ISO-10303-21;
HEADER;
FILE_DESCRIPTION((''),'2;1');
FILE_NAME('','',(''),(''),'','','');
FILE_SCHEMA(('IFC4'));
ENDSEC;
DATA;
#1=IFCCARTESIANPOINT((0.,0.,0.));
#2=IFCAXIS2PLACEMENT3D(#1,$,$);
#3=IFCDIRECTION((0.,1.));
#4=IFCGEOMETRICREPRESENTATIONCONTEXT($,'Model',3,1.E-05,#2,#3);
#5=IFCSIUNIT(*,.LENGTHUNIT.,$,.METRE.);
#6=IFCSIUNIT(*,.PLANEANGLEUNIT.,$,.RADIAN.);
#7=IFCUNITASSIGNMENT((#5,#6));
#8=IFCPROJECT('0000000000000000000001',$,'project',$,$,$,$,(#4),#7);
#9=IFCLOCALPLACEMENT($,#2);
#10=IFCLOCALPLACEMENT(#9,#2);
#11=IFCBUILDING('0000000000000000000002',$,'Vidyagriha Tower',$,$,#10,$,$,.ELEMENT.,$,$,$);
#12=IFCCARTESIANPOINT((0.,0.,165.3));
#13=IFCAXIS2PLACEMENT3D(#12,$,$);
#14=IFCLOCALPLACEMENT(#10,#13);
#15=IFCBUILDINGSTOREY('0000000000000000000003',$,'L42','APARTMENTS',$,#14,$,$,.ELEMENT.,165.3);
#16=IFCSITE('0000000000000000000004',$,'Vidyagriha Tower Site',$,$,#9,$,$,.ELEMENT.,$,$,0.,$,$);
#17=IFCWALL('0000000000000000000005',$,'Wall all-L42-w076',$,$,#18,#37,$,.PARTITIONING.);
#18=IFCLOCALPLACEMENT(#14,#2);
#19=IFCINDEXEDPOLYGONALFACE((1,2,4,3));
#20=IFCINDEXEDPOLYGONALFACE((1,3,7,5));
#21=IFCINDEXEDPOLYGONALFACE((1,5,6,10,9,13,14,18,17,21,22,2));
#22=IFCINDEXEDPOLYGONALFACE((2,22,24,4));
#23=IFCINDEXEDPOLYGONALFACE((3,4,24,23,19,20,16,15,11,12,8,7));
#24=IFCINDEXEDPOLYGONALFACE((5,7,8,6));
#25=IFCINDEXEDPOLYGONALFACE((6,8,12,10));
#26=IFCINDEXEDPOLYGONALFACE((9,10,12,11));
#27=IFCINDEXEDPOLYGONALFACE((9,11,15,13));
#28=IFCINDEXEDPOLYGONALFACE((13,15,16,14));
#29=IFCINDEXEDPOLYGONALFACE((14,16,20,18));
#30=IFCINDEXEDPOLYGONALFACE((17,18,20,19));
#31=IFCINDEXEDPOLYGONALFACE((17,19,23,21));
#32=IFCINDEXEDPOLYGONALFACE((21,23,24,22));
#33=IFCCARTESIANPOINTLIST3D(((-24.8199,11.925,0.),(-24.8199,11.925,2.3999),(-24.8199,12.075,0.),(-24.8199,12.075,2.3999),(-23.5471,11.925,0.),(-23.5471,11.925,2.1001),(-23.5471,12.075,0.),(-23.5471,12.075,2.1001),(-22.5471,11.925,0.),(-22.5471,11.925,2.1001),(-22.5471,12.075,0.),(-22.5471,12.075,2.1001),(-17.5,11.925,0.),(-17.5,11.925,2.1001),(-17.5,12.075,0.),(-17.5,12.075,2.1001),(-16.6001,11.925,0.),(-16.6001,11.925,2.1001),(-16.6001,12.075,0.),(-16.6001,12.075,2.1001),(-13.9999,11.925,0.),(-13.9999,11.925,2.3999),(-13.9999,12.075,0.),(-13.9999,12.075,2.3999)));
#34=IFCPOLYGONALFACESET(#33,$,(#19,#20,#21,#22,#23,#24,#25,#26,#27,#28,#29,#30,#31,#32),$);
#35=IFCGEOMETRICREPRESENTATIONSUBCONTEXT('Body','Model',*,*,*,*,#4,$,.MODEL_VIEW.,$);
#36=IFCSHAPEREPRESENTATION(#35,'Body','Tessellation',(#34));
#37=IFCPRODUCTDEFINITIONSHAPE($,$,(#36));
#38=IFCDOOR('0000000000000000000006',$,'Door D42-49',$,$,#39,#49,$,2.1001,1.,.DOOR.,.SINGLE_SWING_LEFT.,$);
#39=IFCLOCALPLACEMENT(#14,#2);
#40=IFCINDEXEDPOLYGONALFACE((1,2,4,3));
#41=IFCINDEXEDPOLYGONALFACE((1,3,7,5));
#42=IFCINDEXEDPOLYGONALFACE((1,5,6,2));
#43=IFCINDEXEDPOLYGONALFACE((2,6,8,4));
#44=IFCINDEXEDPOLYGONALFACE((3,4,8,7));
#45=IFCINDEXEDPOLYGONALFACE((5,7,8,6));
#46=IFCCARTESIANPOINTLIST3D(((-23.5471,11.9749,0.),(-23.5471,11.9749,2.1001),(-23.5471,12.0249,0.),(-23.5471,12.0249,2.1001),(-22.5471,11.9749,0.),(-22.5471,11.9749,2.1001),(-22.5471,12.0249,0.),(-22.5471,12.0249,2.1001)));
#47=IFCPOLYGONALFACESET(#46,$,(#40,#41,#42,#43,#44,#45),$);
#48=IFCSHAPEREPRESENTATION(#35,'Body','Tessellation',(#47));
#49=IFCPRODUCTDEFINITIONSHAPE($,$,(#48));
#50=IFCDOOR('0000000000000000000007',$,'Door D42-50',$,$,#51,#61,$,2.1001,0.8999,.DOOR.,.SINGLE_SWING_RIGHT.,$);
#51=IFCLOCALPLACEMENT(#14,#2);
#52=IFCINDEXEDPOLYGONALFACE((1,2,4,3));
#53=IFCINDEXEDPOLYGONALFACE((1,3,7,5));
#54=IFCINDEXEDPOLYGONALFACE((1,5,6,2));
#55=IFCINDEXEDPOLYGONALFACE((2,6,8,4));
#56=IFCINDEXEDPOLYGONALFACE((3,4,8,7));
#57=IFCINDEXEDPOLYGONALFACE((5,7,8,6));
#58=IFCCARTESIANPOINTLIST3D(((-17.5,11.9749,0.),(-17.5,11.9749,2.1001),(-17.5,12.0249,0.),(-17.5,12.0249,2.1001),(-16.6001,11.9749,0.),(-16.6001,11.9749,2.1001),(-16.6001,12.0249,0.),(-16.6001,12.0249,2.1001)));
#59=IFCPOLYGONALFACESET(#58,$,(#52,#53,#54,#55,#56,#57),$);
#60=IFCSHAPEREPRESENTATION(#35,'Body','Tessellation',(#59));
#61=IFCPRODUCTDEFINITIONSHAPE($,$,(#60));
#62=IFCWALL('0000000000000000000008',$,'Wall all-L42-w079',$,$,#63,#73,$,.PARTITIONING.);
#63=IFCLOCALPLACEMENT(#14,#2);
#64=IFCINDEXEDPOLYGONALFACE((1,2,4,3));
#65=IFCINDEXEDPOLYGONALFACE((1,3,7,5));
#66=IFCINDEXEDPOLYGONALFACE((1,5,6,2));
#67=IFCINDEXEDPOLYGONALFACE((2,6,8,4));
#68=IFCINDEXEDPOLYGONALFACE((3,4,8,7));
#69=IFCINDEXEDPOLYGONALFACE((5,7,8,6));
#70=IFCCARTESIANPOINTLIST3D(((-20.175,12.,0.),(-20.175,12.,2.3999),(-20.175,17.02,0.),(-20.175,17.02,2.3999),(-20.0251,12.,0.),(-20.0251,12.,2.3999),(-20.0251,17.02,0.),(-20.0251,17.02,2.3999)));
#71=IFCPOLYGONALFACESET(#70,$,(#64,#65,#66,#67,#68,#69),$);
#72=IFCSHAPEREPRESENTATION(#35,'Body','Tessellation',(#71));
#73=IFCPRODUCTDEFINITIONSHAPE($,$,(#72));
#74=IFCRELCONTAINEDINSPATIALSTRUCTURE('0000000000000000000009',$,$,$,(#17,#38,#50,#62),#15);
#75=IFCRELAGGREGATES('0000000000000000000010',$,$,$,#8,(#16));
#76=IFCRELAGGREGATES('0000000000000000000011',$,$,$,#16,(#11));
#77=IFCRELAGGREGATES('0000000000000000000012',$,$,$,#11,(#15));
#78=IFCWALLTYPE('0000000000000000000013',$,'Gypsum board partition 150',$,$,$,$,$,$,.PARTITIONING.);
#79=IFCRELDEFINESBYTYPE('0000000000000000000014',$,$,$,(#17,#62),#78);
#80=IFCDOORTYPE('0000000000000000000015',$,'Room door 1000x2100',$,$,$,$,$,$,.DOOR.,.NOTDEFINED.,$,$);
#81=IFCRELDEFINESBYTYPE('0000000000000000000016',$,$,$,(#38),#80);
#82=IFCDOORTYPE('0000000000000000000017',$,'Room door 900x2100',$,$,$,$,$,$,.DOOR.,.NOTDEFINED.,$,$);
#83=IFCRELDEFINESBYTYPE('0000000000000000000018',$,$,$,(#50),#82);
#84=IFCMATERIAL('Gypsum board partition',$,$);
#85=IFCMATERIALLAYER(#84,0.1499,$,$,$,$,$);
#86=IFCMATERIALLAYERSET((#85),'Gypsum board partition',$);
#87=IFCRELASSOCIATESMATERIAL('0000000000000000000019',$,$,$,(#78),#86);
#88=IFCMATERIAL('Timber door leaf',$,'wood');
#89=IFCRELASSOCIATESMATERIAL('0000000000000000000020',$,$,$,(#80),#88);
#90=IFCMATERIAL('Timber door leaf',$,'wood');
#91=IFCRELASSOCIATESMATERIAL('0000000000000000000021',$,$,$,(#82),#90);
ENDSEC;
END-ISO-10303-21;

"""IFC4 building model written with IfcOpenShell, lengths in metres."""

from ifc_helpers import new_model, si_unit, direction, frame, frame_2d, origin, place, context, subcontext, project, spatial, rectangle, extrude, material, layer, layer_set, type_object, element, fill, save


model = new_model("IFC4")

# Units and contexts
model_context = context("Model", 3, precision=1e-05, world=origin(), true_north=direction((0.0, 1.0)))
body_context = subcontext(model_context, "Body", "Model", "MODEL_VIEW")
ifc_project = project(units=[si_unit("LENGTHUNIT", "METRE"), si_unit("PLANEANGLEUNIT", "RADIAN")], contexts=[model_context])

# Site, building, storey
site_placement = place(None, origin())
site = spatial("IfcSite", under=ifc_project, at=site_placement, Name="Vidyagriha Tower Site", CompositionType="ELEMENT", RefElevation=0.0)
building_placement = place(site_placement, origin())
building = spatial("IfcBuilding", under=site, at=building_placement, Name="Vidyagriha Tower", CompositionType="ELEMENT")
storey_placement = place(building_placement, frame((0.0, 0.0, 165.3)))
storey = spatial("IfcBuildingStorey", under=building, at=storey_placement, Name="L42", Description="APARTMENTS", CompositionType="ELEMENT", Elevation=165.3)

# Wall, openings, doors
ifc_material_1 = material(Name="Gypsum board partition")
ifc_layer_1 = layer(ifc_material_1, 0.1499)
ifc_layer_set_1 = layer_set([ifc_layer_1], Name="Gypsum board partition")
wall_type_1 = type_object("IfcWallType", Name="Gypsum board partition 150", PredefinedType="PARTITIONING", material=ifc_layer_set_1)
wall_1_placement = place(storey_placement, frame((-24.8201, 12.0, 0.0)))
wall_1 = element("IfcWall", 1, at=wall_1_placement, inside=storey, type_object=wall_type_1, Name="Wall all-L42-w076", PredefinedType="PARTITIONING", context=body_context, shape_type="SweptSolid", body=[
    extrude(rectangle(XDim=10.8201, YDim=0.1499, at=frame_2d((5.4102, 0.0))), origin(), (0.0, 0.0, 1.0), 2.3999),
])
opening_1_placement = place(wall_1_placement, frame((1.2729, 0.0, 0.0)))
opening_1 = element("IfcOpeningElement", 2, at=opening_1_placement, cuts=wall_1, PredefinedType="OPENING", context=body_context, shape_type="SweptSolid", body=[
    extrude(rectangle(XDim=1.0, YDim=2.1001, at=frame_2d((0.5, 1.05))), frame((0.0, 0.085, 0.0), z_axis=(0.0, -1.0, 0.0), x_axis=(1.0, 0.0, 0.0)), (0.0, 0.0, 1.0), 0.1699),
])
opening_2_placement = place(wall_1_placement, frame((7.3201, 0.0, 0.0)))
opening_2 = element("IfcOpeningElement", 3, at=opening_2_placement, cuts=wall_1, PredefinedType="OPENING", context=body_context, shape_type="SweptSolid", body=[
    extrude(rectangle(XDim=0.8999, YDim=2.1001, at=frame_2d((0.45, 1.05))), frame((0.0, 0.085, 0.0), z_axis=(0.0, -1.0, 0.0), x_axis=(1.0, 0.0, 0.0)), (0.0, 0.0, 1.0), 0.1699),
])
ifc_material_2 = material(Name="Timber door leaf", Category="wood")
door_type_1 = type_object("IfcDoorType", Name="Room door 1000x2100", OperationType="NOTDEFINED", PredefinedType="DOOR", material=ifc_material_2)
door_1_placement = place(opening_1_placement, origin())
door_1 = element("IfcDoor", 4, at=door_1_placement, inside=storey, type_object=door_type_1, Name="Door D42-49", OperationType="SINGLE_SWING_LEFT", OverallHeight=2.1001, OverallWidth=1.0, PredefinedType="DOOR", context=body_context, shape_type="SweptSolid", body=[
    extrude(rectangle(XDim=1.0, YDim=2.1001, at=frame_2d((0.5, 1.05))), frame((0.0, 0.0249, 0.0), z_axis=(0.0, -1.0, 0.0), x_axis=(1.0, 0.0, 0.0)), (0.0, 0.0, 1.0), 0.05),
])
fill(opening_1, door_1)
ifc_material_3 = material(Name="Timber door leaf", Category="wood")
door_type_2 = type_object("IfcDoorType", Name="Room door 900x2100", OperationType="NOTDEFINED", PredefinedType="DOOR", material=ifc_material_3)
door_2_placement = place(opening_2_placement, origin())
door_2 = element("IfcDoor", 5, at=door_2_placement, inside=storey, type_object=door_type_2, Name="Door D42-50", OperationType="SINGLE_SWING_RIGHT", OverallHeight=2.1001, OverallWidth=0.8999, PredefinedType="DOOR", context=body_context, shape_type="SweptSolid", body=[
    extrude(rectangle(XDim=0.8999, YDim=2.1001, at=frame_2d((0.45, 1.05))), frame((0.0, 0.0249, 0.0), z_axis=(0.0, -1.0, 0.0), x_axis=(1.0, 0.0, 0.0)), (0.0, 0.0, 1.0), 0.05),
])
fill(opening_2, door_2)

# Wall
wall_2_placement = place(storey_placement, frame((-20.1001, 17.02, 0.0), z_axis=(0.0, 0.0, 1.0), x_axis=(0.0, -1.0, 0.0)))
element("IfcWall", 6, at=wall_2_placement, inside=storey, type_object=wall_type_1, Name="Wall all-L42-w079", PredefinedType="PARTITIONING", context=body_context, shape_type="SweptSolid", body=[
    extrude(rectangle(XDim=5.02, YDim=0.1499, at=frame_2d((2.51, 0.0))), origin(), (0.0, 0.0, 1.0), 2.3999),
])

save(model, "model.ifc")
